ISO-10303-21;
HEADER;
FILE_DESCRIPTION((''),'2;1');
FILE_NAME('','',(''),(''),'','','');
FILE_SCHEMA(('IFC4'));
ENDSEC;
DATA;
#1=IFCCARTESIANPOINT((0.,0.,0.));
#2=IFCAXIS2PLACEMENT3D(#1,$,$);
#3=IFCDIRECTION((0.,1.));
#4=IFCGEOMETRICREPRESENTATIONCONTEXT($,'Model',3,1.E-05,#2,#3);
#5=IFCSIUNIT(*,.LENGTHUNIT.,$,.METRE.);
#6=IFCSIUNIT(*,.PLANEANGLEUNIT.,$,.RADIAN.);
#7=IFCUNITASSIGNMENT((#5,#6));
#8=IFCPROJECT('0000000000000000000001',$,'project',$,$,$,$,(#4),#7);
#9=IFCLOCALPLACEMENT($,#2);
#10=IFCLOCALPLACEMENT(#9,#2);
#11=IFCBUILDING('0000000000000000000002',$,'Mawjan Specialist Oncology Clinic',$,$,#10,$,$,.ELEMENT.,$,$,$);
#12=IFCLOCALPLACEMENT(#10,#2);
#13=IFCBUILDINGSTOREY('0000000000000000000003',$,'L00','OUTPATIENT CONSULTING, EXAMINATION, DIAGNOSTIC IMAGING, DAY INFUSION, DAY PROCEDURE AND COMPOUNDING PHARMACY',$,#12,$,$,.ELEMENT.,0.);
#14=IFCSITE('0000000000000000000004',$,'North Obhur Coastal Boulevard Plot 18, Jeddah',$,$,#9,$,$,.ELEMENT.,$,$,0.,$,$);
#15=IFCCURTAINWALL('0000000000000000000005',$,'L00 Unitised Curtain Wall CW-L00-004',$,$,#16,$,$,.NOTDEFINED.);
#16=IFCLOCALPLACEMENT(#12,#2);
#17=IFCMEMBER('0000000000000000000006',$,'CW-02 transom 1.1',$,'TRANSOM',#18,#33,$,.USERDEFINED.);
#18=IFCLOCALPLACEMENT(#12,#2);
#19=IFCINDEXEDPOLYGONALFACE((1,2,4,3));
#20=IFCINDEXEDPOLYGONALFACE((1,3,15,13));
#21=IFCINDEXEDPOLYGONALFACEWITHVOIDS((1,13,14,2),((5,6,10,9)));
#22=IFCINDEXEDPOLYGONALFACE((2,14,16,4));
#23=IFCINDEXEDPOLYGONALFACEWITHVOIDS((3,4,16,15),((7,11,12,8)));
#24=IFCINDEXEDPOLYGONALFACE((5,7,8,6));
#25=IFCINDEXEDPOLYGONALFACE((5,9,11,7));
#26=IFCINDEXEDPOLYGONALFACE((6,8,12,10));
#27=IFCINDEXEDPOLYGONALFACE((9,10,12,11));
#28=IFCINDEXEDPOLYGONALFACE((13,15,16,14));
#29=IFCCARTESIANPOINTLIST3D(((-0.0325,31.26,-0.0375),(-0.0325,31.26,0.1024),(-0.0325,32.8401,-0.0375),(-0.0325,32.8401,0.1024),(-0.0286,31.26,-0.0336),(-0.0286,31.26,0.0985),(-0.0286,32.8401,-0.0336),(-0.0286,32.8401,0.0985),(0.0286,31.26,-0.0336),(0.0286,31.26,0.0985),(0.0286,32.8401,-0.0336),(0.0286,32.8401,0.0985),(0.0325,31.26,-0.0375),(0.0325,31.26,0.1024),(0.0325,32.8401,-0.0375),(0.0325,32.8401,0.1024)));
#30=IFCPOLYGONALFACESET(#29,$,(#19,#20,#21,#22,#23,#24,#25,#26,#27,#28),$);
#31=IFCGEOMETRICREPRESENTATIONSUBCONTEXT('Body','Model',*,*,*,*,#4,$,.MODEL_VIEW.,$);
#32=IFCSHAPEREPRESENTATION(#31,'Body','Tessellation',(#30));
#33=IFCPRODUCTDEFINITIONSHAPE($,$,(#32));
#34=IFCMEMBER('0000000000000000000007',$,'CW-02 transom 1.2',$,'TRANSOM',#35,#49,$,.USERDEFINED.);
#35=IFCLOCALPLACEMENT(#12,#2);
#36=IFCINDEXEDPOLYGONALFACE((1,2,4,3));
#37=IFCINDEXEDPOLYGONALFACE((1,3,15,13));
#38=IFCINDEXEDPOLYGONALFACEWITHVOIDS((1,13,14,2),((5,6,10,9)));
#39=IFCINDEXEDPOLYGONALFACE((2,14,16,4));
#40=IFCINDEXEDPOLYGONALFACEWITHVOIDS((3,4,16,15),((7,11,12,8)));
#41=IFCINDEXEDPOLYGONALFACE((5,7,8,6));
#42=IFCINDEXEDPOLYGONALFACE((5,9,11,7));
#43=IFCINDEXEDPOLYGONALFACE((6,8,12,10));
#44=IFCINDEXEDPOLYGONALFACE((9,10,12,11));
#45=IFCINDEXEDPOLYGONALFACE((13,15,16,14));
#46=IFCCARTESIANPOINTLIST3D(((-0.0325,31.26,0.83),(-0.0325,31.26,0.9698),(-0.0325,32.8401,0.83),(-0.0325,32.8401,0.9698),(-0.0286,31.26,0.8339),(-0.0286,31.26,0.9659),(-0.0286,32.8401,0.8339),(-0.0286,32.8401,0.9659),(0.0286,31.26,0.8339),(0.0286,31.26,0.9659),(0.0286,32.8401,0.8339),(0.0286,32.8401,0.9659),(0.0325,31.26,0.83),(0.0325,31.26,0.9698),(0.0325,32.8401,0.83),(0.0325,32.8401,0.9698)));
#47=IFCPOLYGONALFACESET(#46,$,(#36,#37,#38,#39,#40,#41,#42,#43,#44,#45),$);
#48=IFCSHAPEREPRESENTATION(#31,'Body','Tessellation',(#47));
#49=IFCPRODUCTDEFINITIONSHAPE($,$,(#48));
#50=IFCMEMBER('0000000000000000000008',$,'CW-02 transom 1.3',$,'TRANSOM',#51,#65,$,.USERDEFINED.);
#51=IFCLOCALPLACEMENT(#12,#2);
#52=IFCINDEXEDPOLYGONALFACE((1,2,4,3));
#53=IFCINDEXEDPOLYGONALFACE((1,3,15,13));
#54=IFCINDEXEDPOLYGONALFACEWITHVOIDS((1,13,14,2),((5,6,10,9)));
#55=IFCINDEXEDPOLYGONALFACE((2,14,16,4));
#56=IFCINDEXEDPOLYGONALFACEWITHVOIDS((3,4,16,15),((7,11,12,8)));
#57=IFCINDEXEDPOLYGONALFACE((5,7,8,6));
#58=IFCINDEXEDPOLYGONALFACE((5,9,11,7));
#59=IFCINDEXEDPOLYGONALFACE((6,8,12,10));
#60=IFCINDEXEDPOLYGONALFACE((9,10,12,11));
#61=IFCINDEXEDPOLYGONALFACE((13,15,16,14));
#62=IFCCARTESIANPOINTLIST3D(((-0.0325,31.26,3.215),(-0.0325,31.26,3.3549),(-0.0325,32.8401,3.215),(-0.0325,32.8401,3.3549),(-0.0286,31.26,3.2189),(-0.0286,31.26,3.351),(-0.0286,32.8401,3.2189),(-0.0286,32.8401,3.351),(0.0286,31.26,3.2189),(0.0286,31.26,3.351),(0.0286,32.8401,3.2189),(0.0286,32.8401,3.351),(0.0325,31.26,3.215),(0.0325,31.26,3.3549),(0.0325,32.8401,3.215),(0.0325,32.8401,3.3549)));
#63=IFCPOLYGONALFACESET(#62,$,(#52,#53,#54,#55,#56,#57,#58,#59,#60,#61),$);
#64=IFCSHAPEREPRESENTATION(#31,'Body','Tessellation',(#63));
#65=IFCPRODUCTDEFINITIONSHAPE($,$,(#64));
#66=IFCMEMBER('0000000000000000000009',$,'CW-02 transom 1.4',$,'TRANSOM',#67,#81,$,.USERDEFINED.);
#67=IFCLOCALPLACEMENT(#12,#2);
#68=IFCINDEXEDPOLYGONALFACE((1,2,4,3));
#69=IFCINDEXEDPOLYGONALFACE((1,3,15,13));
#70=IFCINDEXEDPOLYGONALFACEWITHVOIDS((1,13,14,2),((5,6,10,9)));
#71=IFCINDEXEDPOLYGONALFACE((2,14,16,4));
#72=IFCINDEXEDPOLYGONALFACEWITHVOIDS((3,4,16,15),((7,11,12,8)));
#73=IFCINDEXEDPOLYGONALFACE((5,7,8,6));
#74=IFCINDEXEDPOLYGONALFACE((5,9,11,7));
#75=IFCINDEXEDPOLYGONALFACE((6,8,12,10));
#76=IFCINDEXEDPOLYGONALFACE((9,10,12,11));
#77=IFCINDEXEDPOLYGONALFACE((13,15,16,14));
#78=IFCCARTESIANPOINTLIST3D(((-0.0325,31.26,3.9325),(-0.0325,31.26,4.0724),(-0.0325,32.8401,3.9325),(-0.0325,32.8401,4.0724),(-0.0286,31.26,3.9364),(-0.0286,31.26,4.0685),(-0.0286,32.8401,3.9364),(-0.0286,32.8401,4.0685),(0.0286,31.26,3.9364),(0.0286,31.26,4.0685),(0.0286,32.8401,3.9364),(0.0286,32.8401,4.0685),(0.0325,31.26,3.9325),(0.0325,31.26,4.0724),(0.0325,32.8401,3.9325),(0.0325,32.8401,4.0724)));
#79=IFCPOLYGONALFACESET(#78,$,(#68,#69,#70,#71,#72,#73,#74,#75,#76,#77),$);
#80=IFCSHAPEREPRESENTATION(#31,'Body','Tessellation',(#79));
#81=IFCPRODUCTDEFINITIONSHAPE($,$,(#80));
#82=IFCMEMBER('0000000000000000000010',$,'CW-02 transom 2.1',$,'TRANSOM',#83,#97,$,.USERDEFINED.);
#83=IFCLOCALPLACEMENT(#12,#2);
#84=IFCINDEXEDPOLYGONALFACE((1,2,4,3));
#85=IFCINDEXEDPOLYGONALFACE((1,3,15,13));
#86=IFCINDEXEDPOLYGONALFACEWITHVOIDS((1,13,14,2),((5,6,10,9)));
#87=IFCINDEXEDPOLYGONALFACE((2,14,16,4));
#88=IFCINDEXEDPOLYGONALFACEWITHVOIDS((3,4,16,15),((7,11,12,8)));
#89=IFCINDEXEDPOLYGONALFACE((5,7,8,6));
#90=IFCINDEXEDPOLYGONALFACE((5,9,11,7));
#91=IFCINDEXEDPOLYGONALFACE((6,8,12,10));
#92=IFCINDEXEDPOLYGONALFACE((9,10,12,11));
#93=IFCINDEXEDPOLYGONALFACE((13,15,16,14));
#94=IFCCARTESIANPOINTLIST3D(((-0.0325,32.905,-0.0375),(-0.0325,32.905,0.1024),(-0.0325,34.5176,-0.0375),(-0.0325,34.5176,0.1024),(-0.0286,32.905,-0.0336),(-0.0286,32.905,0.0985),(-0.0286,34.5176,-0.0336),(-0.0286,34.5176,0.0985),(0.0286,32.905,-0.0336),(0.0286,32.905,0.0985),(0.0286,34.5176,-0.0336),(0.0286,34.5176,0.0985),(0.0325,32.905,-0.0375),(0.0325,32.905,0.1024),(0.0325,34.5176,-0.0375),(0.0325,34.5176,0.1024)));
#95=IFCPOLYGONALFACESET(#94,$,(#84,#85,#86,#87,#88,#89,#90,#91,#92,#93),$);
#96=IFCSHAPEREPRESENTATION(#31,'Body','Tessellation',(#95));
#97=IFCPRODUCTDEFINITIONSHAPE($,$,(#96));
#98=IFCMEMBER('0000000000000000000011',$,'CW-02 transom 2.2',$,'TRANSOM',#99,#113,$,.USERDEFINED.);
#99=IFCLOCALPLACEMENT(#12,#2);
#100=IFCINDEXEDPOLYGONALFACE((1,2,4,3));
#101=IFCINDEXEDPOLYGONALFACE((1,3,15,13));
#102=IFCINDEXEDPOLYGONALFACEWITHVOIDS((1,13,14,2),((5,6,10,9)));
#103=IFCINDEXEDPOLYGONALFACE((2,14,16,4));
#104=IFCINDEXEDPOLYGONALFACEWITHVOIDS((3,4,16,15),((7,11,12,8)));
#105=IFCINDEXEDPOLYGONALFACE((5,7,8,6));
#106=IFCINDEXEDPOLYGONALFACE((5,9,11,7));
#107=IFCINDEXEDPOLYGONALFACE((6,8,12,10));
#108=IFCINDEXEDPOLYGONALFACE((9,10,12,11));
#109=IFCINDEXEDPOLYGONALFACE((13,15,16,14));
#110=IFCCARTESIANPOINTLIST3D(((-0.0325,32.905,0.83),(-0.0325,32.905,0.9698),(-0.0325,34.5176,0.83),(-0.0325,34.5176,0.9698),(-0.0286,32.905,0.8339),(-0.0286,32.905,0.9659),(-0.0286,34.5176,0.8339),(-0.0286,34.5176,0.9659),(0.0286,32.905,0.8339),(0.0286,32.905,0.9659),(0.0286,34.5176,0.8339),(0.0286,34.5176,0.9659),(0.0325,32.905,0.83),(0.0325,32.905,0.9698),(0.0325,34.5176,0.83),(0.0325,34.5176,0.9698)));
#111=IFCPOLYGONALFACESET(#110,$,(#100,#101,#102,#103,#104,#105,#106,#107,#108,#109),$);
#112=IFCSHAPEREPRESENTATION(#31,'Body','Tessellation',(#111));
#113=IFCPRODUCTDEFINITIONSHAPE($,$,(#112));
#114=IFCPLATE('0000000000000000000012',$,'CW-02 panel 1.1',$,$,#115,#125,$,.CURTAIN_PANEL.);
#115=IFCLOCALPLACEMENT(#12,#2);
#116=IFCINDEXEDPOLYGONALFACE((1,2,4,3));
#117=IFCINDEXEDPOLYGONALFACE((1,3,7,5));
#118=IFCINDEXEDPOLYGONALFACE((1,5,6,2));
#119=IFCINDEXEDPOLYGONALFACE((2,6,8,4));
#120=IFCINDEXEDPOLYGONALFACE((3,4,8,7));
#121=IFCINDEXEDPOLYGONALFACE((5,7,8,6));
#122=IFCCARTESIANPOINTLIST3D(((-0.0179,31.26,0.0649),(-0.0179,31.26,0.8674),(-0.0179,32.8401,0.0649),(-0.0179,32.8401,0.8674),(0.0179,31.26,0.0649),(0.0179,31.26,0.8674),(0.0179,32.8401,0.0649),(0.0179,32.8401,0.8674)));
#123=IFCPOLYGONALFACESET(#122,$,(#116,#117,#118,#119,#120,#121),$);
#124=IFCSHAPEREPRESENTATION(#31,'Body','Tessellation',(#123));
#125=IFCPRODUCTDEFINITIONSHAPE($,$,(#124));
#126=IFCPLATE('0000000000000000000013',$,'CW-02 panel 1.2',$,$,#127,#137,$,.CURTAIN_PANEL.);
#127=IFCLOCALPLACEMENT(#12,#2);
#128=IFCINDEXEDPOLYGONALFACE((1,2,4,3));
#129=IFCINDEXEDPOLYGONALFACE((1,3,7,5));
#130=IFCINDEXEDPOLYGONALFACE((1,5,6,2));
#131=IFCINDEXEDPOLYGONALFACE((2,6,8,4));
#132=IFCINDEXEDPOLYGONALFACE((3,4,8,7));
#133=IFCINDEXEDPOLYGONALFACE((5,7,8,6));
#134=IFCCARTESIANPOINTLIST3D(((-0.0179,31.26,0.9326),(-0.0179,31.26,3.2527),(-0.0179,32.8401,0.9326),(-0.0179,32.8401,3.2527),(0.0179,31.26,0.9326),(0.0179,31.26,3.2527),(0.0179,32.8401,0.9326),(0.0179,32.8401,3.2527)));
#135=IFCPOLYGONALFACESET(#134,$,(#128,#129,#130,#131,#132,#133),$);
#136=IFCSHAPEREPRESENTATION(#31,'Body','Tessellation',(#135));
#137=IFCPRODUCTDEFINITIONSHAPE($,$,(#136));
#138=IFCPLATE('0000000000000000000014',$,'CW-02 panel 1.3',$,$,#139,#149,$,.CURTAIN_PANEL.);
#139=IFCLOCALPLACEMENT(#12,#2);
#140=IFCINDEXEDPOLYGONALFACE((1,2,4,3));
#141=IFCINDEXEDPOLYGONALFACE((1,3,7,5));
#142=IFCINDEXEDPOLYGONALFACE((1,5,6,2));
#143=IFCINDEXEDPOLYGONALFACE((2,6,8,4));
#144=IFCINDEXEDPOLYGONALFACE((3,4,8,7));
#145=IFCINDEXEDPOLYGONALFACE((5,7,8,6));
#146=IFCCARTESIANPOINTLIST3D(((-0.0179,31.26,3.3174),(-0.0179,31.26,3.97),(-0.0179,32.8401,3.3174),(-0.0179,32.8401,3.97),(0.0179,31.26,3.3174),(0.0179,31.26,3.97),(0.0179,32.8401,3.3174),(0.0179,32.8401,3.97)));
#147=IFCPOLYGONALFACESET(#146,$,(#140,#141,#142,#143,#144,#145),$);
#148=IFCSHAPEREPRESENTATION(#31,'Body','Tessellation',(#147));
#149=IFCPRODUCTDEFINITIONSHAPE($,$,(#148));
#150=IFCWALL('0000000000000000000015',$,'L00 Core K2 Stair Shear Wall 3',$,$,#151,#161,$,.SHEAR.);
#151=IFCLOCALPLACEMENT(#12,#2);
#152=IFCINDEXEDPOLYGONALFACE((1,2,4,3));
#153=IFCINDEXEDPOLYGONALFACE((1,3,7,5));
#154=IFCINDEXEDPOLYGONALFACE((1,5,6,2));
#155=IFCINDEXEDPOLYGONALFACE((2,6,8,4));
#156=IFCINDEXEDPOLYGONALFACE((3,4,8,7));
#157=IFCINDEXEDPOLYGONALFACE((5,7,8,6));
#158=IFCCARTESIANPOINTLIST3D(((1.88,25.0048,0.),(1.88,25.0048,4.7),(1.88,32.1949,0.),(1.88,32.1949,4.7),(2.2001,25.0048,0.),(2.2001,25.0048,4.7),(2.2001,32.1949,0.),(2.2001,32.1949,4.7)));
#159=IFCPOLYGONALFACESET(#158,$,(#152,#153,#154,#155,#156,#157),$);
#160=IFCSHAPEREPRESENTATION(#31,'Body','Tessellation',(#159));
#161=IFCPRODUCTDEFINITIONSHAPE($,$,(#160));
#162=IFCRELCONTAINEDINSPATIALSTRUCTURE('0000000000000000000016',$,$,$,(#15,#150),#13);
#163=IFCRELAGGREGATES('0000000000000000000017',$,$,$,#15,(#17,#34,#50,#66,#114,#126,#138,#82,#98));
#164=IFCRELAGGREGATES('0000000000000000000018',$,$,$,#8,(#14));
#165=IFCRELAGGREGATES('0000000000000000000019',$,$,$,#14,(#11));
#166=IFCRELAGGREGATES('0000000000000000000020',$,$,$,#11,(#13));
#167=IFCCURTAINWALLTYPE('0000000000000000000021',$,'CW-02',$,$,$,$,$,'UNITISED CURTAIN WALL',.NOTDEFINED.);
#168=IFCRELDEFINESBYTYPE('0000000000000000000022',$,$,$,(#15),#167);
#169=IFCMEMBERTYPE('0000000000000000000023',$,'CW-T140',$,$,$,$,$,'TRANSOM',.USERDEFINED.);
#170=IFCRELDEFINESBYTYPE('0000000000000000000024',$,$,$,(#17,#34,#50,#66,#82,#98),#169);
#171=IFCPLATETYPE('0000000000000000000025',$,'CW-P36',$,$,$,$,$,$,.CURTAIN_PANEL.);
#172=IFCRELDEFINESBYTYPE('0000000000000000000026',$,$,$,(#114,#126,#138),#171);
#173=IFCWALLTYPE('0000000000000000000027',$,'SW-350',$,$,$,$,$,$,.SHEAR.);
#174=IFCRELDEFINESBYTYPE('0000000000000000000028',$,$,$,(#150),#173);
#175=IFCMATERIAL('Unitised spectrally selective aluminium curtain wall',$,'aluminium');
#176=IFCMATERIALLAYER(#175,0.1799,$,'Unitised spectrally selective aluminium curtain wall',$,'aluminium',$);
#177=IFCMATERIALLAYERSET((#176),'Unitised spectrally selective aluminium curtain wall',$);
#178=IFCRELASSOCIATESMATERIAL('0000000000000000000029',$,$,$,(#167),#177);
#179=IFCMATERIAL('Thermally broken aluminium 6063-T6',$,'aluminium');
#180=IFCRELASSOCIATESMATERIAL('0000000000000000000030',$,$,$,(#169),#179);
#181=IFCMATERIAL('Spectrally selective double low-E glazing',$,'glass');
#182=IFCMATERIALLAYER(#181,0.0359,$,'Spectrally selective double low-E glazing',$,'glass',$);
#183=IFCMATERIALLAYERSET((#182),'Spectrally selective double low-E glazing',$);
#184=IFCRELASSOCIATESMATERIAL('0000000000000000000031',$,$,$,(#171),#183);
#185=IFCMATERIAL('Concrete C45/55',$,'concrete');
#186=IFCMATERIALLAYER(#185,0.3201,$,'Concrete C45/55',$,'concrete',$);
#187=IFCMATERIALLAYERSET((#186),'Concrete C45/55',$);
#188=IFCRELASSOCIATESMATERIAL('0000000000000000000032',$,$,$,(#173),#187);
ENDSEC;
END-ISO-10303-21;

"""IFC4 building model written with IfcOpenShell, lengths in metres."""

from ifc_helpers import new_model, si_unit, direction, frame, frame_2d, origin, origin_2d, place, context, subcontext, project, spatial, rectangle, hollow_rectangle, extrude, material, layer, layer_set, material_profile, profile_set, type_object, element, aggregate, save


model = new_model("IFC4")

# Units and contexts
model_context = context("Model", 3, precision=1e-05, world=origin(), true_north=direction((0.0, 1.0)))
body_context = subcontext(model_context, "Body", "Model", "MODEL_VIEW")
ifc_project = project(units=[si_unit("LENGTHUNIT", "METRE"), si_unit("PLANEANGLEUNIT", "RADIAN")], contexts=[model_context])

# Site, building, storey
site_placement = place(None, origin())
site = spatial("IfcSite", under=ifc_project, at=site_placement, Name="North Obhur Coastal Boulevard Plot 18, Jeddah", CompositionType="ELEMENT", RefElevation=0.0)
building_placement = place(site_placement, origin())
building = spatial("IfcBuilding", under=site, at=building_placement, Name="Mawjan Specialist Oncology Clinic", CompositionType="ELEMENT")
storey_placement = place(building_placement, origin())
storey = spatial("IfcBuildingStorey", under=building, at=storey_placement, Name="L00", Description="OUTPATIENT CONSULTING, EXAMINATION, DIAGNOSTIC IMAGING, DAY INFUSION, DAY PROCEDURE AND COMPOUNDING PHARMACY", CompositionType="ELEMENT", Elevation=0.0)

# Curtain wall, members, plates
ifc_material_1 = material(Name="Unitised spectrally selective aluminium curtain wall", Category="aluminium")
ifc_layer_1 = layer(ifc_material_1, 0.1799, Name="Unitised spectrally selective aluminium curtain wall", Category="aluminium")
ifc_layer_set_1 = layer_set([ifc_layer_1], Name="Unitised spectrally selective aluminium curtain wall")
curtain_wall_type = type_object("IfcCurtainWallType", Name="CW-02", ElementType="UNITISED CURTAIN WALL", PredefinedType="NOTDEFINED", material=ifc_layer_set_1)
curtain_wall_placement = place(storey_placement, origin())
curtain_wall = element("IfcCurtainWall", 1, at=curtain_wall_placement, inside=storey, type_object=curtain_wall_type, Name="L00 Unitised Curtain Wall CW-L00-004", PredefinedType="NOTDEFINED")
ifc_material_2 = material(Name="Thermally broken aluminium 6063-T6", Category="aluminium")
ifc_material_profile_1 = material_profile(ifc_material_2, hollow_rectangle(XDim=0.0649, YDim=0.1399, WallThickness=0.0039, at=origin_2d()), Name="ALU TRANSOM 140x65x4", Category="aluminium")
ifc_profile_set_1 = profile_set([ifc_material_profile_1], Name="Thermally broken aluminium 6063-T6")
member_type_1 = type_object("IfcMemberType", Name="CW-T140", ElementType="TRANSOM", PredefinedType="USERDEFINED", material=ifc_profile_set_1)
member_1_placement = place(storey_placement, frame((0.0, 31.26, 0.0325), z_axis=(0.0, 1.0, 0.0), x_axis=(-1.0, 0.0, 0.0)))
member_1 = element("IfcMember", 2, at=member_1_placement, type_object=member_type_1, Name="CW-02 transom 1.1", ObjectType="TRANSOM", PredefinedType="USERDEFINED", context=body_context, shape_type="SweptSolid", body=[
    extrude(hollow_rectangle(XDim=0.0649, YDim=0.1399, WallThickness=0.0039, at=origin_2d()), origin(), (0.0, 0.0, 1.0), 1.5801),
])
member_2_placement = place(storey_placement, frame((0.0, 31.26, 0.8999), z_axis=(0.0, 1.0, 0.0), x_axis=(-1.0, 0.0, 0.0)))
member_2 = element("IfcMember", 3, at=member_2_placement, type_object=member_type_1, Name="CW-02 transom 1.2", ObjectType="TRANSOM", PredefinedType="USERDEFINED", context=body_context, shape_type="SweptSolid", body=[
    extrude(hollow_rectangle(XDim=0.0649, YDim=0.1399, WallThickness=0.0039, at=origin_2d()), origin(), (0.0, 0.0, 1.0), 1.5801),
])
member_3_placement = place(storey_placement, frame((0.0, 31.26, 3.2849), z_axis=(0.0, 1.0, 0.0), x_axis=(-1.0, 0.0, 0.0)))
member_3 = element("IfcMember", 4, at=member_3_placement, type_object=member_type_1, Name="CW-02 transom 1.3", ObjectType="TRANSOM", PredefinedType="USERDEFINED", context=body_context, shape_type="SweptSolid", body=[
    extrude(hollow_rectangle(XDim=0.0649, YDim=0.1399, WallThickness=0.0039, at=origin_2d()), origin(), (0.0, 0.0, 1.0), 1.5801),
])
member_4_placement = place(storey_placement, frame((0.0, 31.26, 4.0024), z_axis=(0.0, 1.0, 0.0), x_axis=(-1.0, 0.0, 0.0)))
member_4 = element("IfcMember", 5, at=member_4_placement, type_object=member_type_1, Name="CW-02 transom 1.4", ObjectType="TRANSOM", PredefinedType="USERDEFINED", context=body_context, shape_type="SweptSolid", body=[
    extrude(hollow_rectangle(XDim=0.0649, YDim=0.1399, WallThickness=0.0039, at=origin_2d()), origin(), (0.0, 0.0, 1.0), 1.5801),
])
member_5_placement = place(storey_placement, frame((0.0, 32.905, 0.0325), z_axis=(0.0, 1.0, 0.0), x_axis=(-1.0, 0.0, 0.0)))
member_5 = element("IfcMember", 6, at=member_5_placement, type_object=member_type_1, Name="CW-02 transom 2.1", ObjectType="TRANSOM", PredefinedType="USERDEFINED", context=body_context, shape_type="SweptSolid", body=[
    extrude(hollow_rectangle(XDim=0.0649, YDim=0.1399, WallThickness=0.0039, at=origin_2d()), origin(), (0.0, 0.0, 1.0), 1.6125),
])
member_6_placement = place(storey_placement, frame((0.0, 32.905, 0.8999), z_axis=(0.0, 1.0, 0.0), x_axis=(-1.0, 0.0, 0.0)))
member_6 = element("IfcMember", 7, at=member_6_placement, type_object=member_type_1, Name="CW-02 transom 2.2", ObjectType="TRANSOM", PredefinedType="USERDEFINED", context=body_context, shape_type="SweptSolid", body=[
    extrude(hollow_rectangle(XDim=0.0649, YDim=0.1399, WallThickness=0.0039, at=origin_2d()), origin(), (0.0, 0.0, 1.0), 1.6125),
])
ifc_material_3 = material(Name="Spectrally selective double low-E glazing", Category="glass")
ifc_layer_2 = layer(ifc_material_3, 0.0359, Name="Spectrally selective double low-E glazing", Category="glass")
ifc_layer_set_2 = layer_set([ifc_layer_2], Name="Spectrally selective double low-E glazing")
plate_type = type_object("IfcPlateType", Name="CW-P36", PredefinedType="CURTAIN_PANEL", material=ifc_layer_set_2)
plate_1_placement = place(storey_placement, frame((0.0, 32.05, 0.0649), z_axis=(0.0, 0.0, 1.0), x_axis=(0.0, 1.0, 0.0)))
plate_1 = element("IfcPlate", 8, at=plate_1_placement, type_object=plate_type, Name="CW-02 panel 1.1", PredefinedType="CURTAIN_PANEL", context=body_context, shape_type="SweptSolid", body=[
    extrude(rectangle(XDim=1.5801, YDim=0.0359, at=origin_2d()), origin(), (0.0, 0.0, 1.0), 0.8025),
])
plate_2_placement = place(storey_placement, frame((0.0, 32.05, 0.9326), z_axis=(0.0, 0.0, 1.0), x_axis=(0.0, 1.0, 0.0)))
plate_2 = element("IfcPlate", 9, at=plate_2_placement, type_object=plate_type, Name="CW-02 panel 1.2", PredefinedType="CURTAIN_PANEL", context=body_context, shape_type="SweptSolid", body=[
    extrude(rectangle(XDim=1.5801, YDim=0.0359, at=origin_2d()), origin(), (0.0, 0.0, 1.0), 2.3201),
])
plate_3_placement = place(storey_placement, frame((0.0, 32.05, 3.3174), z_axis=(0.0, 0.0, 1.0), x_axis=(0.0, 1.0, 0.0)))
plate_3 = element("IfcPlate", 10, at=plate_3_placement, type_object=plate_type, Name="CW-02 panel 1.3", PredefinedType="CURTAIN_PANEL", context=body_context, shape_type="SweptSolid", body=[
    extrude(rectangle(XDim=1.5801, YDim=0.0359, at=origin_2d()), origin(), (0.0, 0.0, 1.0), 0.6526),
])
aggregate(curtain_wall, [member_1, member_2, member_3, member_4, plate_1, plate_2, plate_3, member_5, member_6])

# Wall
ifc_material_4 = material(Name="Concrete C45/55", Category="concrete")
ifc_layer_3 = layer(ifc_material_4, 0.3201, Name="Concrete C45/55", Category="concrete")
ifc_layer_set_3 = layer_set([ifc_layer_3], Name="Concrete C45/55")
wall_type = type_object("IfcWallType", Name="SW-350", PredefinedType="SHEAR", material=ifc_layer_set_3)
wall_placement = place(storey_placement, frame((2.04, 32.1951, 0.0), z_axis=(0.0, 0.0, 1.0), x_axis=(0.0, -1.0, 0.0)))
element("IfcWall", 11, at=wall_placement, inside=storey, type_object=wall_type, Name="L00 Core K2 Stair Shear Wall 3", PredefinedType="SHEAR", context=body_context, shape_type="SweptSolid", body=[
    extrude(rectangle(XDim=7.1902, YDim=0.3201, at=frame_2d((3.5952, 0.0))), origin(), (0.0, 0.0, 1.0), 4.7),
])

save(model, "model.ifc")
